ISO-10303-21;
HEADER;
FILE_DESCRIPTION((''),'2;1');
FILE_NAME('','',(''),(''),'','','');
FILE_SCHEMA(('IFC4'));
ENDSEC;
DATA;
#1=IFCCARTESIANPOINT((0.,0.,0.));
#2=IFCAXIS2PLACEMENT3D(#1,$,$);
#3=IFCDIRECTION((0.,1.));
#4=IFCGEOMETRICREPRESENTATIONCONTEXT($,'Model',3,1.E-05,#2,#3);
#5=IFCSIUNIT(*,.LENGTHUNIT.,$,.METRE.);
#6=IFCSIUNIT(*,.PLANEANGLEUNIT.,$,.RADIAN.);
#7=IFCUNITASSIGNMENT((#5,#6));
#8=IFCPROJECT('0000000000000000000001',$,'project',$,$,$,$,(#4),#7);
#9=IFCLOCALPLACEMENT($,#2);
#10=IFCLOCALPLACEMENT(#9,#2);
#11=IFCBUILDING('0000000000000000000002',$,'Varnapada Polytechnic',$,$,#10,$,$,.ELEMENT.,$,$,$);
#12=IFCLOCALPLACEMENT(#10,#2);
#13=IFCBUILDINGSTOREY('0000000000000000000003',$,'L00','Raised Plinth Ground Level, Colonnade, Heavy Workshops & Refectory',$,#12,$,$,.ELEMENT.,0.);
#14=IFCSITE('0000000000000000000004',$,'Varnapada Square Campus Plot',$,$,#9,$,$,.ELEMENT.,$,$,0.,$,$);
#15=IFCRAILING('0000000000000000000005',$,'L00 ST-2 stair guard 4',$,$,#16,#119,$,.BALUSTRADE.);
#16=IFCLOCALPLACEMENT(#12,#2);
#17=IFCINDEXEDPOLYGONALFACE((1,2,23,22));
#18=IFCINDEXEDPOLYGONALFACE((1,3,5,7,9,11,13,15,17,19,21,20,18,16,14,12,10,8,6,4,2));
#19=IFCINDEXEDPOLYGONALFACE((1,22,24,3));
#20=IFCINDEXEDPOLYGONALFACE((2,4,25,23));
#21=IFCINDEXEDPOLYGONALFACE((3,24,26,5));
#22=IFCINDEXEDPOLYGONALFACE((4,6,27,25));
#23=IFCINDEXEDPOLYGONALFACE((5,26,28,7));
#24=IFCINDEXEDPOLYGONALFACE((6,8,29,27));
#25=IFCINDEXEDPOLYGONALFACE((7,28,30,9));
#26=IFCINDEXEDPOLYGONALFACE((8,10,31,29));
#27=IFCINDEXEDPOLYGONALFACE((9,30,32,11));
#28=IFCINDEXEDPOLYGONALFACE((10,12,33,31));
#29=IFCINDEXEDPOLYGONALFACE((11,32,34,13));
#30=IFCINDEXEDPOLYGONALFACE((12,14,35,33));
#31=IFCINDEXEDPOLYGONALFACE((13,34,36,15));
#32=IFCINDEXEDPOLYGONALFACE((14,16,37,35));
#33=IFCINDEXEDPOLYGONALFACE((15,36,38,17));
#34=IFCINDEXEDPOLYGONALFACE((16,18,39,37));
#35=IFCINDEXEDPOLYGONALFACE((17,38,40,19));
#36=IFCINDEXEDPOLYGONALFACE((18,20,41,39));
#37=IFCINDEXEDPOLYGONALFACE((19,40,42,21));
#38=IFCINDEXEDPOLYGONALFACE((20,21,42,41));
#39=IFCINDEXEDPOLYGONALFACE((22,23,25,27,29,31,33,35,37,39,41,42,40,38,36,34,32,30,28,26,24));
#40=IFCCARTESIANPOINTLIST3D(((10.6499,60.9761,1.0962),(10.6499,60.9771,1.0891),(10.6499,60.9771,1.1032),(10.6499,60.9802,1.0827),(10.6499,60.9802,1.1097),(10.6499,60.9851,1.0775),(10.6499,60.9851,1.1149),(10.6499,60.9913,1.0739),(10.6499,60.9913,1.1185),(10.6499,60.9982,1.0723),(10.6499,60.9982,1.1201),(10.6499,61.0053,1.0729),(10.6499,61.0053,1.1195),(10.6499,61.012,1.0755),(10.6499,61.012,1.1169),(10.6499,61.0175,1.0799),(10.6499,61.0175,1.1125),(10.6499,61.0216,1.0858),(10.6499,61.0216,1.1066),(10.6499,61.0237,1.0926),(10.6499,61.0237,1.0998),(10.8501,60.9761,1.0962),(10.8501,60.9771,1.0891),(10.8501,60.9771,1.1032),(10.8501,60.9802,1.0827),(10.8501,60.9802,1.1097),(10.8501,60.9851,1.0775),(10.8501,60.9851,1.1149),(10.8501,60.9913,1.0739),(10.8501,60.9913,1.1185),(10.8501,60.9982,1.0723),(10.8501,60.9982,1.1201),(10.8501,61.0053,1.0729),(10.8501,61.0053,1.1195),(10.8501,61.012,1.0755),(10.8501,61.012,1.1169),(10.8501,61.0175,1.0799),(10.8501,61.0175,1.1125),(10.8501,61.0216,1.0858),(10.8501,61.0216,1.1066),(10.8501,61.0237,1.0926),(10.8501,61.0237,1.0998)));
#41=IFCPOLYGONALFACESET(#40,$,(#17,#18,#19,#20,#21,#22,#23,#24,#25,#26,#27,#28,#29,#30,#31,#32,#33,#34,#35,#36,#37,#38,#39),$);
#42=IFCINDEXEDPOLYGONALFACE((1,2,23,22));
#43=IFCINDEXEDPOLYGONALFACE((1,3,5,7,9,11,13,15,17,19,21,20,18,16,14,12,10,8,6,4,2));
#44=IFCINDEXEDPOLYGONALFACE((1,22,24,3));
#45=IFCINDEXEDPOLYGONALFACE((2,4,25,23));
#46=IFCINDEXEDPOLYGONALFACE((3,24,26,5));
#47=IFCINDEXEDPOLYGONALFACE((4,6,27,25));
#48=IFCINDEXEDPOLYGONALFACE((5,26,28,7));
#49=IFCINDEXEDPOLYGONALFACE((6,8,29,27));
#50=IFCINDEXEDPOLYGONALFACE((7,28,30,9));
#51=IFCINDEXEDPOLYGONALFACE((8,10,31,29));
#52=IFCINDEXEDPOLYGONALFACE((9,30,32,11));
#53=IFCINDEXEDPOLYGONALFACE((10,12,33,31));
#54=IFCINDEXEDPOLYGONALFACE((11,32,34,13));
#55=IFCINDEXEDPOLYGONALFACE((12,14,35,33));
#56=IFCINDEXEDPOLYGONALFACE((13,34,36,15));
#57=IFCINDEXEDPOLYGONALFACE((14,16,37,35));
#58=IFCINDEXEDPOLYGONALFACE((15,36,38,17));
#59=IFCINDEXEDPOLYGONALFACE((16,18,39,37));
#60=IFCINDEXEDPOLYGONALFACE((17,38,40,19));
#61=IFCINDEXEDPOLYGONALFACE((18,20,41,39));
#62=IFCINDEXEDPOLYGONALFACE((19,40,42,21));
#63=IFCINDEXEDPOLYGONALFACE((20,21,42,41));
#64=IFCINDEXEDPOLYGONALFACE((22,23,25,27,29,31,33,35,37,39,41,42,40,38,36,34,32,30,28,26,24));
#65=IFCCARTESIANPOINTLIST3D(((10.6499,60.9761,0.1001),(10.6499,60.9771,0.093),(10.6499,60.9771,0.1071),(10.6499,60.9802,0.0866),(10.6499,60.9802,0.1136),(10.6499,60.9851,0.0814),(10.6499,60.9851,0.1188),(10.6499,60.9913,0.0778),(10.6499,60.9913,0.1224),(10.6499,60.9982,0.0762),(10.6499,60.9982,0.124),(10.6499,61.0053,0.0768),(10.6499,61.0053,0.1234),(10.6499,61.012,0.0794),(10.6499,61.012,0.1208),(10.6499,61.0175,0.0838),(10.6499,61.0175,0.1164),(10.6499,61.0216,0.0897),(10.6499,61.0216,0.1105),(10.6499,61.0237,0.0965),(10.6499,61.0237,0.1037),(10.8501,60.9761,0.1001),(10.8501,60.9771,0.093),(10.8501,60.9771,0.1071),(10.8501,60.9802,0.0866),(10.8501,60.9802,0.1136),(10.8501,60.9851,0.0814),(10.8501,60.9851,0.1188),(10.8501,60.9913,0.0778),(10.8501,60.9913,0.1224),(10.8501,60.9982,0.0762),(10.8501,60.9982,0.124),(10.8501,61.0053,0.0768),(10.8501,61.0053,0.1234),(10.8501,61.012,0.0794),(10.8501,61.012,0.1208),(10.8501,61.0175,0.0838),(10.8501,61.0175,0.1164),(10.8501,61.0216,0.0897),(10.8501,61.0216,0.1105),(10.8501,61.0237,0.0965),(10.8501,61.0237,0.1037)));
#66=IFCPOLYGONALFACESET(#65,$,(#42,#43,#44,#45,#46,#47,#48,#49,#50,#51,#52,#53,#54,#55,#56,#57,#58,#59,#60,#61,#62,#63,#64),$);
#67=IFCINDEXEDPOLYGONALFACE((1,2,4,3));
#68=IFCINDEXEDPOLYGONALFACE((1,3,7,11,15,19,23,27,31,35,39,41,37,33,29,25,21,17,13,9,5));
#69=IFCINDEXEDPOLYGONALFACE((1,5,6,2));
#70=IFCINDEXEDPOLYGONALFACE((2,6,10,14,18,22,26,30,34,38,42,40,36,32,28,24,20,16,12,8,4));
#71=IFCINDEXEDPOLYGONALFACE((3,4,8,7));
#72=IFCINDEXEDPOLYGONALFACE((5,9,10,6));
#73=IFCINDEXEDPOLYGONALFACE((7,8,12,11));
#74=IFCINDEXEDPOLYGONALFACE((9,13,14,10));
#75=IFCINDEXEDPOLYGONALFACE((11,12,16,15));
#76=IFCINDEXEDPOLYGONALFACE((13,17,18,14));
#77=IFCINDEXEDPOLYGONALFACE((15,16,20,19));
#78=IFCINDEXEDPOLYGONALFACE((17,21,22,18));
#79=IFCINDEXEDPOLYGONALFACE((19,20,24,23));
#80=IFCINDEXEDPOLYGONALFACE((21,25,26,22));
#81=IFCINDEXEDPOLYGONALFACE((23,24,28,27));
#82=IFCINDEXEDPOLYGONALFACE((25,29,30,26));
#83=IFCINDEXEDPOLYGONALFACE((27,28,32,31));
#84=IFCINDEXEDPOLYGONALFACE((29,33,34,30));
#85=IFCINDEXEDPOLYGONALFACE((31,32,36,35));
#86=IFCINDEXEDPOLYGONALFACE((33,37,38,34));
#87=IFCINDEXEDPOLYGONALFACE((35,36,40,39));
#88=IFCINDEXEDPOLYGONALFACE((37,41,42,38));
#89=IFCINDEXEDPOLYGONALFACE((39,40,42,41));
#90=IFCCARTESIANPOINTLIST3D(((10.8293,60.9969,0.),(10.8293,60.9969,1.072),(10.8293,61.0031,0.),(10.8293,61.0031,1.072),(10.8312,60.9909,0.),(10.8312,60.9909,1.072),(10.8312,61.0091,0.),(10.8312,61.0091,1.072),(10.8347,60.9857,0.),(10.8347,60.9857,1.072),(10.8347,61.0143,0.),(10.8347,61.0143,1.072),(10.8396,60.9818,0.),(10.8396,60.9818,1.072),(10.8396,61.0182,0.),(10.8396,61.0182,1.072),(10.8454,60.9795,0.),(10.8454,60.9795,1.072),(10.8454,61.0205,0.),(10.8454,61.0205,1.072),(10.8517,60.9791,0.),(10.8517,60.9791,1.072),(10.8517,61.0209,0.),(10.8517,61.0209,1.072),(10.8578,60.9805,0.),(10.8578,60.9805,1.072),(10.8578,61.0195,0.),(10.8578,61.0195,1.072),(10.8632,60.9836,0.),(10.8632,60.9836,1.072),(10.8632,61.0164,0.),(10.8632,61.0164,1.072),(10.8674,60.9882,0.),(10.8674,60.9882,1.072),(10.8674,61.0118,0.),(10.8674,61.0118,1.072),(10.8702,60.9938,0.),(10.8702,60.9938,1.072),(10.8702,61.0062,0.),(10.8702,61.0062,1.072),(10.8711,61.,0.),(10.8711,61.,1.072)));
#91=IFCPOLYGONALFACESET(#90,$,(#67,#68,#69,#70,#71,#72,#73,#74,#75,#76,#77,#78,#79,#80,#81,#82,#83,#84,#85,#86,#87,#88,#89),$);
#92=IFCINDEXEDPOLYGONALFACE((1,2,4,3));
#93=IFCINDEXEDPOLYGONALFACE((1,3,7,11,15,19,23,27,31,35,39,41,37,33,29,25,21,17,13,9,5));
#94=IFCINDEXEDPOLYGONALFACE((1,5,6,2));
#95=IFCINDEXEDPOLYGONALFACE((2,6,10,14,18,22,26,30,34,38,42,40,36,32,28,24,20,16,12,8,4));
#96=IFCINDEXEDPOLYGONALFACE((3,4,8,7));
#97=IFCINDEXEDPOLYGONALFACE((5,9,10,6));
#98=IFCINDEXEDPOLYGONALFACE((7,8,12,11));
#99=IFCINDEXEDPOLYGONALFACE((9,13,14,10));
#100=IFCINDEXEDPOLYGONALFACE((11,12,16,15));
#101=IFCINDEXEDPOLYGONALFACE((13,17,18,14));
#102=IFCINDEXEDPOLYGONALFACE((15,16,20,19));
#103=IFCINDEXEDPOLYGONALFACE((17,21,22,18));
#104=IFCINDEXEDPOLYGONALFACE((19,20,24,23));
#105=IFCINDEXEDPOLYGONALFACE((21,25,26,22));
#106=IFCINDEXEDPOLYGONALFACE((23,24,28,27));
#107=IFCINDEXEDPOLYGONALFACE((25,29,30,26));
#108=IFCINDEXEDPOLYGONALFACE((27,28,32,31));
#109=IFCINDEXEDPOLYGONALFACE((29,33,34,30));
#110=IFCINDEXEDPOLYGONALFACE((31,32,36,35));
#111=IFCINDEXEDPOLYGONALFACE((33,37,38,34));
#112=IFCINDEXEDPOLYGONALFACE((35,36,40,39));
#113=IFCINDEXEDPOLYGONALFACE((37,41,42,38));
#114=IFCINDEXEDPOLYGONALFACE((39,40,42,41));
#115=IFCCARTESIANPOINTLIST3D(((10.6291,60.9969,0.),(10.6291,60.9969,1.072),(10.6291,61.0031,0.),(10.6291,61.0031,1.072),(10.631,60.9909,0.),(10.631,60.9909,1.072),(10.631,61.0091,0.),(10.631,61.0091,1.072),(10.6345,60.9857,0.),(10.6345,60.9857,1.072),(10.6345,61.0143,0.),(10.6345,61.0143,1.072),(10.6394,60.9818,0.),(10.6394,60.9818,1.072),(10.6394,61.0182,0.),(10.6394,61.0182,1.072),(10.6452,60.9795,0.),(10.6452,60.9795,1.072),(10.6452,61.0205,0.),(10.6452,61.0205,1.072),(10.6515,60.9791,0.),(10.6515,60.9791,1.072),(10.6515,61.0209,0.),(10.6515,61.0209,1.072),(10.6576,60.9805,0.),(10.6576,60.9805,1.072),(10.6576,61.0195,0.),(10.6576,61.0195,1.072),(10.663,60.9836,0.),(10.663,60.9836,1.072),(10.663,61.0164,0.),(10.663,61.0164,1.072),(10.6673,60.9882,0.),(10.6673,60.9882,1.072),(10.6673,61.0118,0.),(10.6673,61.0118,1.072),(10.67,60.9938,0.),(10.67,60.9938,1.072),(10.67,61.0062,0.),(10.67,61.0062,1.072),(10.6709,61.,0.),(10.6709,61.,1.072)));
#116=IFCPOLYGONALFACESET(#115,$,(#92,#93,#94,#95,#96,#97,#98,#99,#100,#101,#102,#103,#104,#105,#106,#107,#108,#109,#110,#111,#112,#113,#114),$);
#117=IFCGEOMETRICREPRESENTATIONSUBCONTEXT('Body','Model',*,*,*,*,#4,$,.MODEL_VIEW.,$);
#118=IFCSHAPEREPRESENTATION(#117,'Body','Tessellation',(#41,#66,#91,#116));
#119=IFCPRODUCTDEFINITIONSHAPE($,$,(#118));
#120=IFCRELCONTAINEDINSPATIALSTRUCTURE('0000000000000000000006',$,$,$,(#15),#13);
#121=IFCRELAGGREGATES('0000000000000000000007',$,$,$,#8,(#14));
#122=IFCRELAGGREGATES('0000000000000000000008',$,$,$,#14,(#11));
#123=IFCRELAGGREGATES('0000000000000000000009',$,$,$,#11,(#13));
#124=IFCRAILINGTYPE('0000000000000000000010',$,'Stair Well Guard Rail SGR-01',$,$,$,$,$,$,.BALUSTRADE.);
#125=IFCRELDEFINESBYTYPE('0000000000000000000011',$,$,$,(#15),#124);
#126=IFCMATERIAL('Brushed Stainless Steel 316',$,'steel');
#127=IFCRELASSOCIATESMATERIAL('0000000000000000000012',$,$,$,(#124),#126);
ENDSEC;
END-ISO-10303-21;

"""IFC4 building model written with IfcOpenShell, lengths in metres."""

from ifc_helpers import new_model, si_unit, direction, frame, origin, origin_2d, place, context, subcontext, project, spatial, circle, extrude, material, type_object, element, save


model = new_model("IFC4")

# Units and contexts
model_context = context("Model", 3, precision=1e-05, world=origin(), true_north=direction((0.0, 1.0)))
body_context = subcontext(model_context, "Body", "Model", "MODEL_VIEW")
ifc_project = project(units=[si_unit("LENGTHUNIT", "METRE"), si_unit("PLANEANGLEUNIT", "RADIAN")], contexts=[model_context])

# Site, building, storey
site_placement = place(None, origin())
site = spatial("IfcSite", under=ifc_project, at=site_placement, Name="Varnapada Square Campus Plot", CompositionType="ELEMENT", RefElevation=0.0)
building_placement = place(site_placement, origin())
building = spatial("IfcBuilding", under=site, at=building_placement, Name="Varnapada Polytechnic", CompositionType="ELEMENT")
storey_placement = place(building_placement, origin())
storey = spatial("IfcBuildingStorey", under=building, at=storey_placement, Name="L00", Description="Raised Plinth Ground Level, Colonnade, Heavy Workshops & Refectory", CompositionType="ELEMENT", Elevation=0.0)

# Shared definitions
ifc_material_1 = material(Name="Brushed Stainless Steel 316", Category="steel")

# Railing
railing_type_1 = type_object("IfcRailingType", Name="Stair Well Guard Rail SGR-01", PredefinedType="BALUSTRADE", material=ifc_material_1)
railing_1_placement = place(storey_placement, frame((10.8501, 61.0, 0.0)))
element("IfcRailing", 1, at=railing_1_placement, inside=storey, type_object=railing_type_1, Name="L00 ST-2 stair guard 4", PredefinedType="BALUSTRADE", context=body_context, shape_type="SweptSolid", body=[
    extrude(circle(Radius=0.0239, at=origin_2d()), frame((0.0, 0.0, 1.0962), z_axis=(-1.0, 0.0, 0.0), x_axis=(0.0, -1.0, 0.0)), (0.0, 0.0, 1.0), 0.2002),
    extrude(circle(Radius=0.0239, at=origin_2d()), frame((0.0, 0.0, 0.1001), z_axis=(-1.0, 0.0, 0.0), x_axis=(0.0, -1.0, 0.0)), (0.0, 0.0, 1.0), 0.2002),
    extrude(circle(Radius=0.021, at=origin_2d()), origin(), (0.0, 0.0, 1.0), 1.072),
    extrude(circle(Radius=0.021, at=origin_2d()), frame((-0.2002, 0.0, 0.0)), (0.0, 0.0, 1.0), 1.072),
])

save(model, "model.ifc")
